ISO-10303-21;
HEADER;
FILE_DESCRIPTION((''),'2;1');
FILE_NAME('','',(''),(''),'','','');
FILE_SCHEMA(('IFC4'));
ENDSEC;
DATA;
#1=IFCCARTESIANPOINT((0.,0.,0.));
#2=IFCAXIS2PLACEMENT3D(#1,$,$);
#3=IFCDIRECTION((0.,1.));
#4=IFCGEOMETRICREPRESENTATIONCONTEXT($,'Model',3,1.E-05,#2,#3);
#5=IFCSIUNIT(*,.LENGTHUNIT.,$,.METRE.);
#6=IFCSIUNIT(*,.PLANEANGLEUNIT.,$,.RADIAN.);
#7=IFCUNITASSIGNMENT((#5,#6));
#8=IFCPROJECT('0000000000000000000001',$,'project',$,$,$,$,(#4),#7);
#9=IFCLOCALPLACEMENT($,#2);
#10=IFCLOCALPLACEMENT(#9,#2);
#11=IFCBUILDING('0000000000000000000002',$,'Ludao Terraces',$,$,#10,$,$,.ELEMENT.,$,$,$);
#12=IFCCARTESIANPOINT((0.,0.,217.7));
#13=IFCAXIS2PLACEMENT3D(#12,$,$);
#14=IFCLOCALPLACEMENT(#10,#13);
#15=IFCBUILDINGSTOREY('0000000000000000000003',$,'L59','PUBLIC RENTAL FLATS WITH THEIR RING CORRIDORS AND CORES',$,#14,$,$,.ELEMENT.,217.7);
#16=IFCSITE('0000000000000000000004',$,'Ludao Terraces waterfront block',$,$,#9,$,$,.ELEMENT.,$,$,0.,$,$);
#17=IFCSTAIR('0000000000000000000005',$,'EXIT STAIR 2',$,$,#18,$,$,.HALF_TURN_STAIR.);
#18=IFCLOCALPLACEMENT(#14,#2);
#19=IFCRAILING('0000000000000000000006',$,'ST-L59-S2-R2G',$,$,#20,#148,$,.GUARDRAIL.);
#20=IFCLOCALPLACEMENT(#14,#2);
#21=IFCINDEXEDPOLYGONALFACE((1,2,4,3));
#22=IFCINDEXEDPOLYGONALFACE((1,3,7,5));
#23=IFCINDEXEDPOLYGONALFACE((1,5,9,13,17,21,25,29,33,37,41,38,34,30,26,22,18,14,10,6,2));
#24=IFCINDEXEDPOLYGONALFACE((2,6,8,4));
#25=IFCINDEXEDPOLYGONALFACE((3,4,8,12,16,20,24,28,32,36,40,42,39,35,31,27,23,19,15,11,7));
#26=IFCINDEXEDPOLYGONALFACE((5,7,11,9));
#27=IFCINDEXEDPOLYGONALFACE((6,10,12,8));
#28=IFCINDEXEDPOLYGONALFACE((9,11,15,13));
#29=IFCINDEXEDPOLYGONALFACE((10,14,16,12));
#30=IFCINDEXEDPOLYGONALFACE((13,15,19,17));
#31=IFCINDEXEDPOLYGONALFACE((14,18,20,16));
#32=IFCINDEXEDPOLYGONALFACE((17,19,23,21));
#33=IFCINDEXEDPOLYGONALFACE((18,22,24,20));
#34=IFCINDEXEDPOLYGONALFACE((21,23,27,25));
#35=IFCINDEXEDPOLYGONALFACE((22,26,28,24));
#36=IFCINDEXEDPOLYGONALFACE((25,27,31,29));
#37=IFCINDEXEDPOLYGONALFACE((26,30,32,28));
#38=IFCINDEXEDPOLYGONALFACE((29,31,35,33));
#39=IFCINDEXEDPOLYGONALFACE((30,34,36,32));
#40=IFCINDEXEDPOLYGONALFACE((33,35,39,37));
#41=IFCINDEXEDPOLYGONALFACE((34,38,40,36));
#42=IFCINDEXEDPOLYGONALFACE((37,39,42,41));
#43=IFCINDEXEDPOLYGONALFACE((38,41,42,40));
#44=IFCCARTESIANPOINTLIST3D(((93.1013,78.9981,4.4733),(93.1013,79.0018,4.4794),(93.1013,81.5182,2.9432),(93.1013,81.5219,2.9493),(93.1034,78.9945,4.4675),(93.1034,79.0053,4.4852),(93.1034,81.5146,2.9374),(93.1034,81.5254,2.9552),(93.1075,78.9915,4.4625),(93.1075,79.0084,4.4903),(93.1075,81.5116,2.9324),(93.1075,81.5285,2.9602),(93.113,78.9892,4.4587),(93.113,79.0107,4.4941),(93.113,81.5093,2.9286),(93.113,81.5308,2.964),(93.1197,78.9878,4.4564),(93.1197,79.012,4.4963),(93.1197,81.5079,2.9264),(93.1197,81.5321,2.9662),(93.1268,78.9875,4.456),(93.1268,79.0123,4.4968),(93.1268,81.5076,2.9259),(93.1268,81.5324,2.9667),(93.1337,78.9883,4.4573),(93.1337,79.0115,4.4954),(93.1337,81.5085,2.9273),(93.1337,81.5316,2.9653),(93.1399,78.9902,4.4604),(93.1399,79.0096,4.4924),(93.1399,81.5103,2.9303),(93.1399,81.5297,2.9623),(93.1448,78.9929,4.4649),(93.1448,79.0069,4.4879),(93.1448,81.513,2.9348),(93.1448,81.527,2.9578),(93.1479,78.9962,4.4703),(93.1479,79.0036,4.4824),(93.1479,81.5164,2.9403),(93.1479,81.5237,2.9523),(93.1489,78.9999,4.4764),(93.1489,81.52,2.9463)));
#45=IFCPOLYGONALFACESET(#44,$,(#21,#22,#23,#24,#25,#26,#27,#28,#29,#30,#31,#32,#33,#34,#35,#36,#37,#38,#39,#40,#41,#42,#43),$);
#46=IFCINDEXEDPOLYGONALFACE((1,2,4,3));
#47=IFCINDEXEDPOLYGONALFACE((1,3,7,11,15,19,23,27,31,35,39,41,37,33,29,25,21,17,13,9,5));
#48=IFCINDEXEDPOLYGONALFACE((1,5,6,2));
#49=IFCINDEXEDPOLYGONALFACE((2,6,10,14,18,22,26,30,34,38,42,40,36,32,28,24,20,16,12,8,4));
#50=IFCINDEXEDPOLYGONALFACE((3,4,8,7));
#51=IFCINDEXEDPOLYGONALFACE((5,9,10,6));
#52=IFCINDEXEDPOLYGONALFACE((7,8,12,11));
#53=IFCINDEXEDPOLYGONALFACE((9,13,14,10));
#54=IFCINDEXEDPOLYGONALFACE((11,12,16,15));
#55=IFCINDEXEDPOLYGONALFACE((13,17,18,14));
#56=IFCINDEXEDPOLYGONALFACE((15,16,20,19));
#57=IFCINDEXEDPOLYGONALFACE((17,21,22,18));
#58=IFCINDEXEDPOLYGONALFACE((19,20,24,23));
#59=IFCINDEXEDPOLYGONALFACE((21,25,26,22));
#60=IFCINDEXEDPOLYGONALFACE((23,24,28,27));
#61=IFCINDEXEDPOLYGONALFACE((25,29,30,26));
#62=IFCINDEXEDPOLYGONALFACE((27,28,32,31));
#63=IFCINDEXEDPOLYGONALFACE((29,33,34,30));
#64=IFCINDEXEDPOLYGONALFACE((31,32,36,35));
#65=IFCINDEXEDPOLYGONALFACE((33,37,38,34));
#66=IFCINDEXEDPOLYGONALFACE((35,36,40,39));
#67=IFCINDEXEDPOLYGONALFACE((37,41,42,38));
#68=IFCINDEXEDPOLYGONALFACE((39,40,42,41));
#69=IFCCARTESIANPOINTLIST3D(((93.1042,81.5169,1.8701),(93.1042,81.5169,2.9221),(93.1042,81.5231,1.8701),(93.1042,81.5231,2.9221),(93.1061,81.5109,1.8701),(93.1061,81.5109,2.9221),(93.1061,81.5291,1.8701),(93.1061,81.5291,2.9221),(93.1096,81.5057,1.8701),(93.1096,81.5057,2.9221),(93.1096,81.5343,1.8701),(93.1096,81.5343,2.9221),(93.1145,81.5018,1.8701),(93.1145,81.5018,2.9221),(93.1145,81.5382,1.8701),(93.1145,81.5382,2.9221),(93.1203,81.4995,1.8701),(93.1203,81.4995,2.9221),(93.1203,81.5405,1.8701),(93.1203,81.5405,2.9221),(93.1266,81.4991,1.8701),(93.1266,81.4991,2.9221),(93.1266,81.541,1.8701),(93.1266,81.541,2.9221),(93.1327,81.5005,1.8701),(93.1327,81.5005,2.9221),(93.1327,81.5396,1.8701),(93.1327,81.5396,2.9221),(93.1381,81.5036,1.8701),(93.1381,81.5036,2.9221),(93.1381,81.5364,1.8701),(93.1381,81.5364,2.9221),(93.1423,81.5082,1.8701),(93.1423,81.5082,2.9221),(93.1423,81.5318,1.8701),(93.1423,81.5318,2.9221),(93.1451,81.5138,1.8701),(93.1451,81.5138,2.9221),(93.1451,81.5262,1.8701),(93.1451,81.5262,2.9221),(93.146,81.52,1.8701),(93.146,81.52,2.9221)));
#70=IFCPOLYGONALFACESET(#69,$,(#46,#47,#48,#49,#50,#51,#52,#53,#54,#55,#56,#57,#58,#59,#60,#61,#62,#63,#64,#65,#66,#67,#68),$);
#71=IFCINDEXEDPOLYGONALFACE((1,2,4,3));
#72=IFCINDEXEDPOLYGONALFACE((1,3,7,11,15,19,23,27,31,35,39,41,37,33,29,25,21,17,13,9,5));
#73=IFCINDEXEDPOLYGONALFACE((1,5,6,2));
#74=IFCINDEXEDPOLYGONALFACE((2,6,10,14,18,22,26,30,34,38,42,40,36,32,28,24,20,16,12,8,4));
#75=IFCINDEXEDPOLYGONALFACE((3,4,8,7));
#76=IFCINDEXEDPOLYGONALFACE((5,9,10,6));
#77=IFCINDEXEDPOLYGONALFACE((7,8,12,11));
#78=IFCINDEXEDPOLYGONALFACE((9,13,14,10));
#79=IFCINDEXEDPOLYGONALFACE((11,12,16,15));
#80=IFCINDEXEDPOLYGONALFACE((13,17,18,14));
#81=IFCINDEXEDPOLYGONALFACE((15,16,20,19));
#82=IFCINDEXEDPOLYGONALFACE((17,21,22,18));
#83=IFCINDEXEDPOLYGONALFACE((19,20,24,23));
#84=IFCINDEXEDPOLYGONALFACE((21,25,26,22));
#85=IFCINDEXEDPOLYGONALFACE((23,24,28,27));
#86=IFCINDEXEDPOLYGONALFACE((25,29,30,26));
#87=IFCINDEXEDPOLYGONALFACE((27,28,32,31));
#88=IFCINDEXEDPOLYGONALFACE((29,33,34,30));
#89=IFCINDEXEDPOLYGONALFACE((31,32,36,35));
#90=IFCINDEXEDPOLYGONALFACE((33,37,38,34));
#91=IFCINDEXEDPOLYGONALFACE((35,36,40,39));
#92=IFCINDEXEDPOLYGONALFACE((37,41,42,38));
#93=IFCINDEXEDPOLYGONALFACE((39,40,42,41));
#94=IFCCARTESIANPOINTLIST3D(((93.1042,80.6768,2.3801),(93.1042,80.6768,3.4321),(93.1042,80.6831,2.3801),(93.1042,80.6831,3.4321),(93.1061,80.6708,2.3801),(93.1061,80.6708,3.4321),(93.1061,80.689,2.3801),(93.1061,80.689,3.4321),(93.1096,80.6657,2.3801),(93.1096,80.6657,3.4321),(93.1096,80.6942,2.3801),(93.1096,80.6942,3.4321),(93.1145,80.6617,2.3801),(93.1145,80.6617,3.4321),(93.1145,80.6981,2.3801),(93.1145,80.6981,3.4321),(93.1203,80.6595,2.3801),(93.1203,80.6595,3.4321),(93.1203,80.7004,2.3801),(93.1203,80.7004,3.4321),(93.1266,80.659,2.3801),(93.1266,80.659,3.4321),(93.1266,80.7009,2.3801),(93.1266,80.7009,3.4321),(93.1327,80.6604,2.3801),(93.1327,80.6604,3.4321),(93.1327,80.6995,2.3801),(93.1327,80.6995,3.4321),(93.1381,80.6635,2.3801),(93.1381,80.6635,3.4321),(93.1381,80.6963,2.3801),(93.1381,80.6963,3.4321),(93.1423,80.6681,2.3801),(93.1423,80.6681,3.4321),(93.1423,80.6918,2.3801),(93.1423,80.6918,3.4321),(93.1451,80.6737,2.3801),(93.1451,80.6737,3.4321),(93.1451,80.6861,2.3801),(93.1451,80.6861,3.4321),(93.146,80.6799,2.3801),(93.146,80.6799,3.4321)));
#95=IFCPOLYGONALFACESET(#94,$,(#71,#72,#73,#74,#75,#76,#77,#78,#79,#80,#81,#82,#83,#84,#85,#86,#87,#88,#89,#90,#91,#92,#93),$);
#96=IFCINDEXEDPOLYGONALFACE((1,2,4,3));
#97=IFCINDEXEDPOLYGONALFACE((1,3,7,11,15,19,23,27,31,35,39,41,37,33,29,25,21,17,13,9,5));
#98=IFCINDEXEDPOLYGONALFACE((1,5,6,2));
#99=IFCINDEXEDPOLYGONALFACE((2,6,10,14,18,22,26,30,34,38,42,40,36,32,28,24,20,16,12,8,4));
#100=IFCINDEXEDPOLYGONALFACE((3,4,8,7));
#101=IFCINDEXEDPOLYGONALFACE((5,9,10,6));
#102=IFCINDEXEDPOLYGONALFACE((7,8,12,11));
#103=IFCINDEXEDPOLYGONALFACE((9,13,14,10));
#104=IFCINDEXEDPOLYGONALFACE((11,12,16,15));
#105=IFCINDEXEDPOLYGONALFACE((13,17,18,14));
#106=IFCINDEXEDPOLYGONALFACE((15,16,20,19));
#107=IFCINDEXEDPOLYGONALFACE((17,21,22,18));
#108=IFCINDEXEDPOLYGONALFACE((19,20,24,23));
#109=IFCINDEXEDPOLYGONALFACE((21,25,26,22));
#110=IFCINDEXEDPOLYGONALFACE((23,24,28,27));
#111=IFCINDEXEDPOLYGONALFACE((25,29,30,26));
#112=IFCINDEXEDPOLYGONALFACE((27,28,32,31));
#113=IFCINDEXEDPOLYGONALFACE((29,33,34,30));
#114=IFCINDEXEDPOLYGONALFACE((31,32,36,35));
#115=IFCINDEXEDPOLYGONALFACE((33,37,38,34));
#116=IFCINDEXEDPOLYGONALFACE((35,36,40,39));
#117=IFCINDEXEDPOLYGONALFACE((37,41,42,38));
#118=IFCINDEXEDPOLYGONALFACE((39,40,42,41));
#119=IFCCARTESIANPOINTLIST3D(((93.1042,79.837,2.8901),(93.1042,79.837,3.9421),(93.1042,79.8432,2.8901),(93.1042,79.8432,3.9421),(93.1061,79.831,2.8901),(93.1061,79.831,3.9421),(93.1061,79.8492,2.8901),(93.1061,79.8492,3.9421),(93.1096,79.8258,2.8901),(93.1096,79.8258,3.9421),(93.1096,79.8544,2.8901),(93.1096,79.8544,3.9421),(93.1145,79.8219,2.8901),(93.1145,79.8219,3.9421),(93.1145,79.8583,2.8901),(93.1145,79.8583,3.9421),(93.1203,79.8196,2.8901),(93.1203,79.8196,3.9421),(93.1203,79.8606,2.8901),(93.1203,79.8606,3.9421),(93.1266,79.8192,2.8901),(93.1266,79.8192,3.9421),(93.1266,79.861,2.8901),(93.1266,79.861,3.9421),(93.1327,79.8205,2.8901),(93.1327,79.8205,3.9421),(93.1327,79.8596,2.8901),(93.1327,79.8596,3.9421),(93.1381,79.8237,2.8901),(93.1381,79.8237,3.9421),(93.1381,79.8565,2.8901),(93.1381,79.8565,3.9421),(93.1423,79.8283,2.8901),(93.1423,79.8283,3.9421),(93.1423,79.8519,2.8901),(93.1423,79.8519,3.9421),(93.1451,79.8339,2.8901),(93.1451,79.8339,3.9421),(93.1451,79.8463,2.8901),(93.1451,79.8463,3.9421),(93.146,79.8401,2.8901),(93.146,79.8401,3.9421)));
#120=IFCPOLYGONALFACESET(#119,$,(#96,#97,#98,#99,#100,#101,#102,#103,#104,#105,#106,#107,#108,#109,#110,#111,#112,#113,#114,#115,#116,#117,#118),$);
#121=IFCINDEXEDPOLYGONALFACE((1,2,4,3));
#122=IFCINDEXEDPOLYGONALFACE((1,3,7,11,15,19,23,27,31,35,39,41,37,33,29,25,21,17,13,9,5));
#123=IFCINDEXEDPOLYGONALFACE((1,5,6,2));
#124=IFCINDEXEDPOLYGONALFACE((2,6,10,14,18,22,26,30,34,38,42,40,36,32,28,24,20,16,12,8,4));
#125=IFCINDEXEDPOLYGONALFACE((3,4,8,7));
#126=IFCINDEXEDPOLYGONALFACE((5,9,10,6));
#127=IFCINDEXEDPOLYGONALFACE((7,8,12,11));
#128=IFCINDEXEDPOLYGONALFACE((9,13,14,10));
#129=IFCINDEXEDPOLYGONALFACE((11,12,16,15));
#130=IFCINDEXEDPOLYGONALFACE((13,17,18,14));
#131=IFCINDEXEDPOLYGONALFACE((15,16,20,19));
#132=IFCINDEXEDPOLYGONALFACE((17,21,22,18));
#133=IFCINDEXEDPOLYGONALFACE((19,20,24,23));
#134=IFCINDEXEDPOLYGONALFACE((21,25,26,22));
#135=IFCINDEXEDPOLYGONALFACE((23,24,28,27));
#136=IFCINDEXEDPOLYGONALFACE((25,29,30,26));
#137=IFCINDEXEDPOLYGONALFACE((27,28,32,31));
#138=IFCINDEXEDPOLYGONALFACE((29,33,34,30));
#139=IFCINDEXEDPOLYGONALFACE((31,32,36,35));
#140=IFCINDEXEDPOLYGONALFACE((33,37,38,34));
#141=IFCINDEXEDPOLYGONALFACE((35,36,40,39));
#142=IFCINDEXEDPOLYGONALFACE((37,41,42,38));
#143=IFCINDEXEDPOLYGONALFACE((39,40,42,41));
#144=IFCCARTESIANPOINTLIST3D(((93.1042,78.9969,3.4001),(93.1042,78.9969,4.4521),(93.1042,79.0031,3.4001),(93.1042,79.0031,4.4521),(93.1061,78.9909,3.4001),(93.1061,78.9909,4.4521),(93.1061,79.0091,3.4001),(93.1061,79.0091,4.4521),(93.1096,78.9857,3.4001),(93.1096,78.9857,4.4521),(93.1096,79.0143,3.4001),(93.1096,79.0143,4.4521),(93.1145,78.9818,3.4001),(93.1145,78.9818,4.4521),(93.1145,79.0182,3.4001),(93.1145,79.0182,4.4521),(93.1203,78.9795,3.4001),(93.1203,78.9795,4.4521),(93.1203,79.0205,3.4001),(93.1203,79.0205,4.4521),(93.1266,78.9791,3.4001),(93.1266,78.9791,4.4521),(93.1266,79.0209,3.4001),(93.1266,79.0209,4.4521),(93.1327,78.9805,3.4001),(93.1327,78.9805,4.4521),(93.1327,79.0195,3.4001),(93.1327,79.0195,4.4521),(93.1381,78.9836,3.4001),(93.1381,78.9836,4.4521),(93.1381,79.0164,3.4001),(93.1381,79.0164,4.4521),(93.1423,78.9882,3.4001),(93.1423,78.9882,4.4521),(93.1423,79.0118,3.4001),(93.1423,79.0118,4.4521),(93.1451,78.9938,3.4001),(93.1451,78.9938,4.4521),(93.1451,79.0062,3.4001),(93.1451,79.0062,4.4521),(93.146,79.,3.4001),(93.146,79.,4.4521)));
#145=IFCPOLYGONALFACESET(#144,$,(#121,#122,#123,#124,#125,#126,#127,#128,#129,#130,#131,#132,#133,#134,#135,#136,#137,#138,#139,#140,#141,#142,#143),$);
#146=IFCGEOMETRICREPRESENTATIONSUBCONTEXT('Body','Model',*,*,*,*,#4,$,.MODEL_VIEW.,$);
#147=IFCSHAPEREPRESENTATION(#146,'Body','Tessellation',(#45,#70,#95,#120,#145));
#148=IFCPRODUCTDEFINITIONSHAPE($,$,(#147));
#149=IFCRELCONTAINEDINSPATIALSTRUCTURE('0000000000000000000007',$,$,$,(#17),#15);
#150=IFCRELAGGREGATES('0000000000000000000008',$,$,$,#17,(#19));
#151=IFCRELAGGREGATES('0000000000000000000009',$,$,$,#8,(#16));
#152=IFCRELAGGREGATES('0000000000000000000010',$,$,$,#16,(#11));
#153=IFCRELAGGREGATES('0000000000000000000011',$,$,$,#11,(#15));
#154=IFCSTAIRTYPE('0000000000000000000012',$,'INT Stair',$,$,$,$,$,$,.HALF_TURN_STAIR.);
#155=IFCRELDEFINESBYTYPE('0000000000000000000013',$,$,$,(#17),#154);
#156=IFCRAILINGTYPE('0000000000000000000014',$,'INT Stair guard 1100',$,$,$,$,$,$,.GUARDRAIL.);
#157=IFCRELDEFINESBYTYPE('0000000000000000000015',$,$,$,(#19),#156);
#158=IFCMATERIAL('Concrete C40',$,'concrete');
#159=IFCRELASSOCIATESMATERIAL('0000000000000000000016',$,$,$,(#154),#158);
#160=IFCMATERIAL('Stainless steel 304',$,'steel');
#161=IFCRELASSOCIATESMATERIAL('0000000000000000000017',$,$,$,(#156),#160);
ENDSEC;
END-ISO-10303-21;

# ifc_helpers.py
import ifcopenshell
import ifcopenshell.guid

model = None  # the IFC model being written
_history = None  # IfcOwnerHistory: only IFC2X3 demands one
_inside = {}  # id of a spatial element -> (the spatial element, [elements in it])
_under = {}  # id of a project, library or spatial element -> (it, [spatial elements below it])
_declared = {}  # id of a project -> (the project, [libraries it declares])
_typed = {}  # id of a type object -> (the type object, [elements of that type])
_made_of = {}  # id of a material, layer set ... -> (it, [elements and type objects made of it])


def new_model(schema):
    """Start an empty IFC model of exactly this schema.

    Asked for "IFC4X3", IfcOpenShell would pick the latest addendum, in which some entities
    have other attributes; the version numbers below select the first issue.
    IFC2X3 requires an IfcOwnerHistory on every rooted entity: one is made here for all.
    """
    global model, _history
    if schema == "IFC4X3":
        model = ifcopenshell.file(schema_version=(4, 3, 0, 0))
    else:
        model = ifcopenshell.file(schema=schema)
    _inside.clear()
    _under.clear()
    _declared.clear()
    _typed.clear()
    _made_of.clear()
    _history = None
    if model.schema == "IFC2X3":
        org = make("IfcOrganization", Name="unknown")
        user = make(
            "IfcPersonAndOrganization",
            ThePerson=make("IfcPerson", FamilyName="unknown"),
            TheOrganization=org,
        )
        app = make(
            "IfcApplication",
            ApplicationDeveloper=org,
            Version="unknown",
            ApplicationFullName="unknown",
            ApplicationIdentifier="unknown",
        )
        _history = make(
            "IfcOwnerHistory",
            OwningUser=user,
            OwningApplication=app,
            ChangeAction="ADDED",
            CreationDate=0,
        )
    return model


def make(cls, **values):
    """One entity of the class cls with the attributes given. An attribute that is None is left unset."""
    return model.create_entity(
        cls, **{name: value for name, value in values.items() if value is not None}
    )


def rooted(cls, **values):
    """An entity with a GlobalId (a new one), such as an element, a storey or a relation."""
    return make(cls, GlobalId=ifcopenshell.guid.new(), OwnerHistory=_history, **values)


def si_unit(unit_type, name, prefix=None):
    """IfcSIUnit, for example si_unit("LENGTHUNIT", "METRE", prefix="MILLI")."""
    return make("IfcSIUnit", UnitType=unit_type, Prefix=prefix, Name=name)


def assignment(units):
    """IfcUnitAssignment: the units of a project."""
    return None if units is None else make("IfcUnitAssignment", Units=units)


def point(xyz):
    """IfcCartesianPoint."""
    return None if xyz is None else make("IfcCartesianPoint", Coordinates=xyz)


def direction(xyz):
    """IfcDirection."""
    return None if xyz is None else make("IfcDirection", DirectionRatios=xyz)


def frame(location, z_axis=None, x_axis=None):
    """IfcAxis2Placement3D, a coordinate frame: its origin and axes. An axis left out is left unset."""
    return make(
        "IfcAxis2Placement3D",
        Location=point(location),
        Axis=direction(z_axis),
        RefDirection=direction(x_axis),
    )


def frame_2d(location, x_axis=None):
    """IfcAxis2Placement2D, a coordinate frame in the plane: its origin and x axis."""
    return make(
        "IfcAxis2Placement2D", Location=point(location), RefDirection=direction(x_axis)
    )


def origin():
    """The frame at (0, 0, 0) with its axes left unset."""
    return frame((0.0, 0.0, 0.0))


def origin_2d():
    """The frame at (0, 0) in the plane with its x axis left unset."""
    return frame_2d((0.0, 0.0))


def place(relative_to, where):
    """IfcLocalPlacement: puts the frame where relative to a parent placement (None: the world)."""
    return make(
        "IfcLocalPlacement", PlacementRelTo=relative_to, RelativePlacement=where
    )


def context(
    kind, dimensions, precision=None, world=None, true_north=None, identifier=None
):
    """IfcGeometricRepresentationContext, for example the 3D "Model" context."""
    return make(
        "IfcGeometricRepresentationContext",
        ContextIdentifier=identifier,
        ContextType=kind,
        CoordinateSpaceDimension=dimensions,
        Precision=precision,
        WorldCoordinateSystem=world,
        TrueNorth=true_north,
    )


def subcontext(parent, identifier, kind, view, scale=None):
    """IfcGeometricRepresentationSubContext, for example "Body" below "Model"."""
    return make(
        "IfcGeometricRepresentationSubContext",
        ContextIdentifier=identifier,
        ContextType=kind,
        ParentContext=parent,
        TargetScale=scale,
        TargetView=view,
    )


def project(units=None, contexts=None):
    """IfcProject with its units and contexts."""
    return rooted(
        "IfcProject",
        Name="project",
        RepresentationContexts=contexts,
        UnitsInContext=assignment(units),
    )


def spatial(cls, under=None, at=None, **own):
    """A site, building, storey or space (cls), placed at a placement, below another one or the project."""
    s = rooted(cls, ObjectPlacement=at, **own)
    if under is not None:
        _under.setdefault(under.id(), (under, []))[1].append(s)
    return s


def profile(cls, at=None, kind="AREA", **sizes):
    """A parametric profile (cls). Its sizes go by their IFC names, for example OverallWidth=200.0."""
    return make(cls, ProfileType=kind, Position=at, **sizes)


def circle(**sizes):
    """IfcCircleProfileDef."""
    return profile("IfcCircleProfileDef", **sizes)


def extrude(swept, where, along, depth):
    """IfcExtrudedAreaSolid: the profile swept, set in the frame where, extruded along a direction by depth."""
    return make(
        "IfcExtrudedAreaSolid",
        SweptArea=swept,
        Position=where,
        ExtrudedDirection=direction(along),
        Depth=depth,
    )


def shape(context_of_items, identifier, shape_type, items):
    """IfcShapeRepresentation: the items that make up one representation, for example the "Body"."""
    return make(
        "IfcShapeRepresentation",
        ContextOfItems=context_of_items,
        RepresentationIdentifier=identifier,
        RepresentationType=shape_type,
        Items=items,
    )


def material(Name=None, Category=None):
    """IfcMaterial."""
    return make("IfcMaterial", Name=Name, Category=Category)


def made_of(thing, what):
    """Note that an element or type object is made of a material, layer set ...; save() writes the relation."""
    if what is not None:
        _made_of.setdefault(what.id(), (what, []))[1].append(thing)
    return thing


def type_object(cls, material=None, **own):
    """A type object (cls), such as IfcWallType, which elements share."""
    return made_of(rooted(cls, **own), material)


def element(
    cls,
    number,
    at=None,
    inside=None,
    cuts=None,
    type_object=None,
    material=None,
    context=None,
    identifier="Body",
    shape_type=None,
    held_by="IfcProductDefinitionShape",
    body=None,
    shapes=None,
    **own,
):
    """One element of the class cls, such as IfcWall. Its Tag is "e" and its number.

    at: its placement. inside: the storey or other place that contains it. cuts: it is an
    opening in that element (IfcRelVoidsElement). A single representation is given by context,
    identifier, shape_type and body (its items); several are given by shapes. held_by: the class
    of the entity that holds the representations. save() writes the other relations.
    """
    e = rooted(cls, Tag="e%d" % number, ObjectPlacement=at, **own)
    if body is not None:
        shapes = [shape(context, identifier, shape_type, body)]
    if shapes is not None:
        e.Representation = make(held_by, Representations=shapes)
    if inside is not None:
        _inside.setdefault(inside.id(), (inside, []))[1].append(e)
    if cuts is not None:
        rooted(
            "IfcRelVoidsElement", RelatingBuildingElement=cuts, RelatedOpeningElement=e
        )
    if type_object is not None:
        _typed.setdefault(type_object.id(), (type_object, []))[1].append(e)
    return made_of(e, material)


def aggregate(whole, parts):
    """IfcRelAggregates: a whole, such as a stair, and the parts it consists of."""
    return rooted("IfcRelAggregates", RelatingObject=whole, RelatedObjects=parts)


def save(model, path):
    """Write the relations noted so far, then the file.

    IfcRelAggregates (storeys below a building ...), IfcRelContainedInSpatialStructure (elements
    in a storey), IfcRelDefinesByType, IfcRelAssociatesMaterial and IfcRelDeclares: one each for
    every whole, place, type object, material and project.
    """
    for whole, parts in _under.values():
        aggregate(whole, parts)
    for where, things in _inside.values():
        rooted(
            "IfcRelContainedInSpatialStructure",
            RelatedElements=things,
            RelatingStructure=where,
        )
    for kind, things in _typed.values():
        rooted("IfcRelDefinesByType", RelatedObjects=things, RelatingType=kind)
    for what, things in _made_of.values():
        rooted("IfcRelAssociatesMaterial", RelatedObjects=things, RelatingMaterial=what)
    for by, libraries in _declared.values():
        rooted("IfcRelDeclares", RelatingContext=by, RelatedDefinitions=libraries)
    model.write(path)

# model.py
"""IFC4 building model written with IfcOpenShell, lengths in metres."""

from ifc_helpers import new_model, si_unit, direction, frame, origin, origin_2d, place, context, subcontext, project, spatial, circle, extrude, material, type_object, element, aggregate, save


model = new_model("IFC4")

# Units and contexts
model_context = context("Model", 3, precision=1e-05, world=origin(), true_north=direction((0.0, 1.0)))
body_context = subcontext(model_context, "Body", "Model", "MODEL_VIEW")
ifc_project = project(units=[si_unit("LENGTHUNIT", "METRE"), si_unit("PLANEANGLEUNIT", "RADIAN")], contexts=[model_context])

# Site, building, storey
site_placement = place(None, origin())
site = spatial("IfcSite", under=ifc_project, at=site_placement, Name="Ludao Terraces waterfront block", CompositionType="ELEMENT", RefElevation=0.0)
building_placement = place(site_placement, origin())
building = spatial("IfcBuilding", under=site, at=building_placement, Name="Ludao Terraces", CompositionType="ELEMENT")
storey_placement = place(building_placement, frame((0.0, 0.0, 217.7)))
storey = spatial("IfcBuildingStorey", under=building, at=storey_placement, Name="L59", Description="PUBLIC RENTAL FLATS WITH THEIR RING CORRIDORS AND CORES", CompositionType="ELEMENT", Elevation=217.7)

# Shared definitions
ifc_material_1 = material(Name="Stainless steel 304", Category="steel")

# Stair, railing
ifc_material_2 = material(Name="Concrete C40", Category="concrete")
stair_type = type_object("IfcStairType", Name="INT Stair", PredefinedType="HALF_TURN_STAIR", material=ifc_material_2)
stair_placement = place(storey_placement, origin())
stair = element("IfcStair", 1, at=stair_placement, inside=storey, type_object=stair_type, Name="EXIT STAIR 2", PredefinedType="HALF_TURN_STAIR")
railing_type_1 = type_object("IfcRailingType", Name="INT Stair guard 1100", PredefinedType="GUARDRAIL", material=ifc_material_1)
railing_1_placement = place(storey_placement, frame((93.125, 81.52, 1.8701)))
railing_1 = element("IfcRailing", 2, at=railing_1_placement, type_object=railing_type_1, Name="ST-L59-S2-R2G", PredefinedType="GUARDRAIL", context=body_context, shape_type="SweptSolid", body=[
    extrude(circle(Radius=0.0239, at=origin_2d()), frame((0.0, 0.0, 1.0762), z_axis=(0.0, -0.854785, 0.518982), x_axis=(1.0, 0.0, 0.0)), (0.0, 0.0, 1.0), 2.9482),
    extrude(circle(Radius=0.021, at=origin_2d()), origin(), (0.0, 0.0, 1.0), 1.052),
    extrude(circle(Radius=0.021, at=origin_2d()), frame((0.0, -0.8401, 0.51)), (0.0, 0.0, 1.0), 1.052),
    extrude(circle(Radius=0.021, at=origin_2d()), frame((0.0, -1.6799, 1.02)), (0.0, 0.0, 1.0), 1.052),
    extrude(circle(Radius=0.021, at=origin_2d()), frame((0.0, -2.52, 1.53)), (0.0, 0.0, 1.0), 1.052),
])
aggregate(stair, [railing_1])

save(model, "model.ifc")
